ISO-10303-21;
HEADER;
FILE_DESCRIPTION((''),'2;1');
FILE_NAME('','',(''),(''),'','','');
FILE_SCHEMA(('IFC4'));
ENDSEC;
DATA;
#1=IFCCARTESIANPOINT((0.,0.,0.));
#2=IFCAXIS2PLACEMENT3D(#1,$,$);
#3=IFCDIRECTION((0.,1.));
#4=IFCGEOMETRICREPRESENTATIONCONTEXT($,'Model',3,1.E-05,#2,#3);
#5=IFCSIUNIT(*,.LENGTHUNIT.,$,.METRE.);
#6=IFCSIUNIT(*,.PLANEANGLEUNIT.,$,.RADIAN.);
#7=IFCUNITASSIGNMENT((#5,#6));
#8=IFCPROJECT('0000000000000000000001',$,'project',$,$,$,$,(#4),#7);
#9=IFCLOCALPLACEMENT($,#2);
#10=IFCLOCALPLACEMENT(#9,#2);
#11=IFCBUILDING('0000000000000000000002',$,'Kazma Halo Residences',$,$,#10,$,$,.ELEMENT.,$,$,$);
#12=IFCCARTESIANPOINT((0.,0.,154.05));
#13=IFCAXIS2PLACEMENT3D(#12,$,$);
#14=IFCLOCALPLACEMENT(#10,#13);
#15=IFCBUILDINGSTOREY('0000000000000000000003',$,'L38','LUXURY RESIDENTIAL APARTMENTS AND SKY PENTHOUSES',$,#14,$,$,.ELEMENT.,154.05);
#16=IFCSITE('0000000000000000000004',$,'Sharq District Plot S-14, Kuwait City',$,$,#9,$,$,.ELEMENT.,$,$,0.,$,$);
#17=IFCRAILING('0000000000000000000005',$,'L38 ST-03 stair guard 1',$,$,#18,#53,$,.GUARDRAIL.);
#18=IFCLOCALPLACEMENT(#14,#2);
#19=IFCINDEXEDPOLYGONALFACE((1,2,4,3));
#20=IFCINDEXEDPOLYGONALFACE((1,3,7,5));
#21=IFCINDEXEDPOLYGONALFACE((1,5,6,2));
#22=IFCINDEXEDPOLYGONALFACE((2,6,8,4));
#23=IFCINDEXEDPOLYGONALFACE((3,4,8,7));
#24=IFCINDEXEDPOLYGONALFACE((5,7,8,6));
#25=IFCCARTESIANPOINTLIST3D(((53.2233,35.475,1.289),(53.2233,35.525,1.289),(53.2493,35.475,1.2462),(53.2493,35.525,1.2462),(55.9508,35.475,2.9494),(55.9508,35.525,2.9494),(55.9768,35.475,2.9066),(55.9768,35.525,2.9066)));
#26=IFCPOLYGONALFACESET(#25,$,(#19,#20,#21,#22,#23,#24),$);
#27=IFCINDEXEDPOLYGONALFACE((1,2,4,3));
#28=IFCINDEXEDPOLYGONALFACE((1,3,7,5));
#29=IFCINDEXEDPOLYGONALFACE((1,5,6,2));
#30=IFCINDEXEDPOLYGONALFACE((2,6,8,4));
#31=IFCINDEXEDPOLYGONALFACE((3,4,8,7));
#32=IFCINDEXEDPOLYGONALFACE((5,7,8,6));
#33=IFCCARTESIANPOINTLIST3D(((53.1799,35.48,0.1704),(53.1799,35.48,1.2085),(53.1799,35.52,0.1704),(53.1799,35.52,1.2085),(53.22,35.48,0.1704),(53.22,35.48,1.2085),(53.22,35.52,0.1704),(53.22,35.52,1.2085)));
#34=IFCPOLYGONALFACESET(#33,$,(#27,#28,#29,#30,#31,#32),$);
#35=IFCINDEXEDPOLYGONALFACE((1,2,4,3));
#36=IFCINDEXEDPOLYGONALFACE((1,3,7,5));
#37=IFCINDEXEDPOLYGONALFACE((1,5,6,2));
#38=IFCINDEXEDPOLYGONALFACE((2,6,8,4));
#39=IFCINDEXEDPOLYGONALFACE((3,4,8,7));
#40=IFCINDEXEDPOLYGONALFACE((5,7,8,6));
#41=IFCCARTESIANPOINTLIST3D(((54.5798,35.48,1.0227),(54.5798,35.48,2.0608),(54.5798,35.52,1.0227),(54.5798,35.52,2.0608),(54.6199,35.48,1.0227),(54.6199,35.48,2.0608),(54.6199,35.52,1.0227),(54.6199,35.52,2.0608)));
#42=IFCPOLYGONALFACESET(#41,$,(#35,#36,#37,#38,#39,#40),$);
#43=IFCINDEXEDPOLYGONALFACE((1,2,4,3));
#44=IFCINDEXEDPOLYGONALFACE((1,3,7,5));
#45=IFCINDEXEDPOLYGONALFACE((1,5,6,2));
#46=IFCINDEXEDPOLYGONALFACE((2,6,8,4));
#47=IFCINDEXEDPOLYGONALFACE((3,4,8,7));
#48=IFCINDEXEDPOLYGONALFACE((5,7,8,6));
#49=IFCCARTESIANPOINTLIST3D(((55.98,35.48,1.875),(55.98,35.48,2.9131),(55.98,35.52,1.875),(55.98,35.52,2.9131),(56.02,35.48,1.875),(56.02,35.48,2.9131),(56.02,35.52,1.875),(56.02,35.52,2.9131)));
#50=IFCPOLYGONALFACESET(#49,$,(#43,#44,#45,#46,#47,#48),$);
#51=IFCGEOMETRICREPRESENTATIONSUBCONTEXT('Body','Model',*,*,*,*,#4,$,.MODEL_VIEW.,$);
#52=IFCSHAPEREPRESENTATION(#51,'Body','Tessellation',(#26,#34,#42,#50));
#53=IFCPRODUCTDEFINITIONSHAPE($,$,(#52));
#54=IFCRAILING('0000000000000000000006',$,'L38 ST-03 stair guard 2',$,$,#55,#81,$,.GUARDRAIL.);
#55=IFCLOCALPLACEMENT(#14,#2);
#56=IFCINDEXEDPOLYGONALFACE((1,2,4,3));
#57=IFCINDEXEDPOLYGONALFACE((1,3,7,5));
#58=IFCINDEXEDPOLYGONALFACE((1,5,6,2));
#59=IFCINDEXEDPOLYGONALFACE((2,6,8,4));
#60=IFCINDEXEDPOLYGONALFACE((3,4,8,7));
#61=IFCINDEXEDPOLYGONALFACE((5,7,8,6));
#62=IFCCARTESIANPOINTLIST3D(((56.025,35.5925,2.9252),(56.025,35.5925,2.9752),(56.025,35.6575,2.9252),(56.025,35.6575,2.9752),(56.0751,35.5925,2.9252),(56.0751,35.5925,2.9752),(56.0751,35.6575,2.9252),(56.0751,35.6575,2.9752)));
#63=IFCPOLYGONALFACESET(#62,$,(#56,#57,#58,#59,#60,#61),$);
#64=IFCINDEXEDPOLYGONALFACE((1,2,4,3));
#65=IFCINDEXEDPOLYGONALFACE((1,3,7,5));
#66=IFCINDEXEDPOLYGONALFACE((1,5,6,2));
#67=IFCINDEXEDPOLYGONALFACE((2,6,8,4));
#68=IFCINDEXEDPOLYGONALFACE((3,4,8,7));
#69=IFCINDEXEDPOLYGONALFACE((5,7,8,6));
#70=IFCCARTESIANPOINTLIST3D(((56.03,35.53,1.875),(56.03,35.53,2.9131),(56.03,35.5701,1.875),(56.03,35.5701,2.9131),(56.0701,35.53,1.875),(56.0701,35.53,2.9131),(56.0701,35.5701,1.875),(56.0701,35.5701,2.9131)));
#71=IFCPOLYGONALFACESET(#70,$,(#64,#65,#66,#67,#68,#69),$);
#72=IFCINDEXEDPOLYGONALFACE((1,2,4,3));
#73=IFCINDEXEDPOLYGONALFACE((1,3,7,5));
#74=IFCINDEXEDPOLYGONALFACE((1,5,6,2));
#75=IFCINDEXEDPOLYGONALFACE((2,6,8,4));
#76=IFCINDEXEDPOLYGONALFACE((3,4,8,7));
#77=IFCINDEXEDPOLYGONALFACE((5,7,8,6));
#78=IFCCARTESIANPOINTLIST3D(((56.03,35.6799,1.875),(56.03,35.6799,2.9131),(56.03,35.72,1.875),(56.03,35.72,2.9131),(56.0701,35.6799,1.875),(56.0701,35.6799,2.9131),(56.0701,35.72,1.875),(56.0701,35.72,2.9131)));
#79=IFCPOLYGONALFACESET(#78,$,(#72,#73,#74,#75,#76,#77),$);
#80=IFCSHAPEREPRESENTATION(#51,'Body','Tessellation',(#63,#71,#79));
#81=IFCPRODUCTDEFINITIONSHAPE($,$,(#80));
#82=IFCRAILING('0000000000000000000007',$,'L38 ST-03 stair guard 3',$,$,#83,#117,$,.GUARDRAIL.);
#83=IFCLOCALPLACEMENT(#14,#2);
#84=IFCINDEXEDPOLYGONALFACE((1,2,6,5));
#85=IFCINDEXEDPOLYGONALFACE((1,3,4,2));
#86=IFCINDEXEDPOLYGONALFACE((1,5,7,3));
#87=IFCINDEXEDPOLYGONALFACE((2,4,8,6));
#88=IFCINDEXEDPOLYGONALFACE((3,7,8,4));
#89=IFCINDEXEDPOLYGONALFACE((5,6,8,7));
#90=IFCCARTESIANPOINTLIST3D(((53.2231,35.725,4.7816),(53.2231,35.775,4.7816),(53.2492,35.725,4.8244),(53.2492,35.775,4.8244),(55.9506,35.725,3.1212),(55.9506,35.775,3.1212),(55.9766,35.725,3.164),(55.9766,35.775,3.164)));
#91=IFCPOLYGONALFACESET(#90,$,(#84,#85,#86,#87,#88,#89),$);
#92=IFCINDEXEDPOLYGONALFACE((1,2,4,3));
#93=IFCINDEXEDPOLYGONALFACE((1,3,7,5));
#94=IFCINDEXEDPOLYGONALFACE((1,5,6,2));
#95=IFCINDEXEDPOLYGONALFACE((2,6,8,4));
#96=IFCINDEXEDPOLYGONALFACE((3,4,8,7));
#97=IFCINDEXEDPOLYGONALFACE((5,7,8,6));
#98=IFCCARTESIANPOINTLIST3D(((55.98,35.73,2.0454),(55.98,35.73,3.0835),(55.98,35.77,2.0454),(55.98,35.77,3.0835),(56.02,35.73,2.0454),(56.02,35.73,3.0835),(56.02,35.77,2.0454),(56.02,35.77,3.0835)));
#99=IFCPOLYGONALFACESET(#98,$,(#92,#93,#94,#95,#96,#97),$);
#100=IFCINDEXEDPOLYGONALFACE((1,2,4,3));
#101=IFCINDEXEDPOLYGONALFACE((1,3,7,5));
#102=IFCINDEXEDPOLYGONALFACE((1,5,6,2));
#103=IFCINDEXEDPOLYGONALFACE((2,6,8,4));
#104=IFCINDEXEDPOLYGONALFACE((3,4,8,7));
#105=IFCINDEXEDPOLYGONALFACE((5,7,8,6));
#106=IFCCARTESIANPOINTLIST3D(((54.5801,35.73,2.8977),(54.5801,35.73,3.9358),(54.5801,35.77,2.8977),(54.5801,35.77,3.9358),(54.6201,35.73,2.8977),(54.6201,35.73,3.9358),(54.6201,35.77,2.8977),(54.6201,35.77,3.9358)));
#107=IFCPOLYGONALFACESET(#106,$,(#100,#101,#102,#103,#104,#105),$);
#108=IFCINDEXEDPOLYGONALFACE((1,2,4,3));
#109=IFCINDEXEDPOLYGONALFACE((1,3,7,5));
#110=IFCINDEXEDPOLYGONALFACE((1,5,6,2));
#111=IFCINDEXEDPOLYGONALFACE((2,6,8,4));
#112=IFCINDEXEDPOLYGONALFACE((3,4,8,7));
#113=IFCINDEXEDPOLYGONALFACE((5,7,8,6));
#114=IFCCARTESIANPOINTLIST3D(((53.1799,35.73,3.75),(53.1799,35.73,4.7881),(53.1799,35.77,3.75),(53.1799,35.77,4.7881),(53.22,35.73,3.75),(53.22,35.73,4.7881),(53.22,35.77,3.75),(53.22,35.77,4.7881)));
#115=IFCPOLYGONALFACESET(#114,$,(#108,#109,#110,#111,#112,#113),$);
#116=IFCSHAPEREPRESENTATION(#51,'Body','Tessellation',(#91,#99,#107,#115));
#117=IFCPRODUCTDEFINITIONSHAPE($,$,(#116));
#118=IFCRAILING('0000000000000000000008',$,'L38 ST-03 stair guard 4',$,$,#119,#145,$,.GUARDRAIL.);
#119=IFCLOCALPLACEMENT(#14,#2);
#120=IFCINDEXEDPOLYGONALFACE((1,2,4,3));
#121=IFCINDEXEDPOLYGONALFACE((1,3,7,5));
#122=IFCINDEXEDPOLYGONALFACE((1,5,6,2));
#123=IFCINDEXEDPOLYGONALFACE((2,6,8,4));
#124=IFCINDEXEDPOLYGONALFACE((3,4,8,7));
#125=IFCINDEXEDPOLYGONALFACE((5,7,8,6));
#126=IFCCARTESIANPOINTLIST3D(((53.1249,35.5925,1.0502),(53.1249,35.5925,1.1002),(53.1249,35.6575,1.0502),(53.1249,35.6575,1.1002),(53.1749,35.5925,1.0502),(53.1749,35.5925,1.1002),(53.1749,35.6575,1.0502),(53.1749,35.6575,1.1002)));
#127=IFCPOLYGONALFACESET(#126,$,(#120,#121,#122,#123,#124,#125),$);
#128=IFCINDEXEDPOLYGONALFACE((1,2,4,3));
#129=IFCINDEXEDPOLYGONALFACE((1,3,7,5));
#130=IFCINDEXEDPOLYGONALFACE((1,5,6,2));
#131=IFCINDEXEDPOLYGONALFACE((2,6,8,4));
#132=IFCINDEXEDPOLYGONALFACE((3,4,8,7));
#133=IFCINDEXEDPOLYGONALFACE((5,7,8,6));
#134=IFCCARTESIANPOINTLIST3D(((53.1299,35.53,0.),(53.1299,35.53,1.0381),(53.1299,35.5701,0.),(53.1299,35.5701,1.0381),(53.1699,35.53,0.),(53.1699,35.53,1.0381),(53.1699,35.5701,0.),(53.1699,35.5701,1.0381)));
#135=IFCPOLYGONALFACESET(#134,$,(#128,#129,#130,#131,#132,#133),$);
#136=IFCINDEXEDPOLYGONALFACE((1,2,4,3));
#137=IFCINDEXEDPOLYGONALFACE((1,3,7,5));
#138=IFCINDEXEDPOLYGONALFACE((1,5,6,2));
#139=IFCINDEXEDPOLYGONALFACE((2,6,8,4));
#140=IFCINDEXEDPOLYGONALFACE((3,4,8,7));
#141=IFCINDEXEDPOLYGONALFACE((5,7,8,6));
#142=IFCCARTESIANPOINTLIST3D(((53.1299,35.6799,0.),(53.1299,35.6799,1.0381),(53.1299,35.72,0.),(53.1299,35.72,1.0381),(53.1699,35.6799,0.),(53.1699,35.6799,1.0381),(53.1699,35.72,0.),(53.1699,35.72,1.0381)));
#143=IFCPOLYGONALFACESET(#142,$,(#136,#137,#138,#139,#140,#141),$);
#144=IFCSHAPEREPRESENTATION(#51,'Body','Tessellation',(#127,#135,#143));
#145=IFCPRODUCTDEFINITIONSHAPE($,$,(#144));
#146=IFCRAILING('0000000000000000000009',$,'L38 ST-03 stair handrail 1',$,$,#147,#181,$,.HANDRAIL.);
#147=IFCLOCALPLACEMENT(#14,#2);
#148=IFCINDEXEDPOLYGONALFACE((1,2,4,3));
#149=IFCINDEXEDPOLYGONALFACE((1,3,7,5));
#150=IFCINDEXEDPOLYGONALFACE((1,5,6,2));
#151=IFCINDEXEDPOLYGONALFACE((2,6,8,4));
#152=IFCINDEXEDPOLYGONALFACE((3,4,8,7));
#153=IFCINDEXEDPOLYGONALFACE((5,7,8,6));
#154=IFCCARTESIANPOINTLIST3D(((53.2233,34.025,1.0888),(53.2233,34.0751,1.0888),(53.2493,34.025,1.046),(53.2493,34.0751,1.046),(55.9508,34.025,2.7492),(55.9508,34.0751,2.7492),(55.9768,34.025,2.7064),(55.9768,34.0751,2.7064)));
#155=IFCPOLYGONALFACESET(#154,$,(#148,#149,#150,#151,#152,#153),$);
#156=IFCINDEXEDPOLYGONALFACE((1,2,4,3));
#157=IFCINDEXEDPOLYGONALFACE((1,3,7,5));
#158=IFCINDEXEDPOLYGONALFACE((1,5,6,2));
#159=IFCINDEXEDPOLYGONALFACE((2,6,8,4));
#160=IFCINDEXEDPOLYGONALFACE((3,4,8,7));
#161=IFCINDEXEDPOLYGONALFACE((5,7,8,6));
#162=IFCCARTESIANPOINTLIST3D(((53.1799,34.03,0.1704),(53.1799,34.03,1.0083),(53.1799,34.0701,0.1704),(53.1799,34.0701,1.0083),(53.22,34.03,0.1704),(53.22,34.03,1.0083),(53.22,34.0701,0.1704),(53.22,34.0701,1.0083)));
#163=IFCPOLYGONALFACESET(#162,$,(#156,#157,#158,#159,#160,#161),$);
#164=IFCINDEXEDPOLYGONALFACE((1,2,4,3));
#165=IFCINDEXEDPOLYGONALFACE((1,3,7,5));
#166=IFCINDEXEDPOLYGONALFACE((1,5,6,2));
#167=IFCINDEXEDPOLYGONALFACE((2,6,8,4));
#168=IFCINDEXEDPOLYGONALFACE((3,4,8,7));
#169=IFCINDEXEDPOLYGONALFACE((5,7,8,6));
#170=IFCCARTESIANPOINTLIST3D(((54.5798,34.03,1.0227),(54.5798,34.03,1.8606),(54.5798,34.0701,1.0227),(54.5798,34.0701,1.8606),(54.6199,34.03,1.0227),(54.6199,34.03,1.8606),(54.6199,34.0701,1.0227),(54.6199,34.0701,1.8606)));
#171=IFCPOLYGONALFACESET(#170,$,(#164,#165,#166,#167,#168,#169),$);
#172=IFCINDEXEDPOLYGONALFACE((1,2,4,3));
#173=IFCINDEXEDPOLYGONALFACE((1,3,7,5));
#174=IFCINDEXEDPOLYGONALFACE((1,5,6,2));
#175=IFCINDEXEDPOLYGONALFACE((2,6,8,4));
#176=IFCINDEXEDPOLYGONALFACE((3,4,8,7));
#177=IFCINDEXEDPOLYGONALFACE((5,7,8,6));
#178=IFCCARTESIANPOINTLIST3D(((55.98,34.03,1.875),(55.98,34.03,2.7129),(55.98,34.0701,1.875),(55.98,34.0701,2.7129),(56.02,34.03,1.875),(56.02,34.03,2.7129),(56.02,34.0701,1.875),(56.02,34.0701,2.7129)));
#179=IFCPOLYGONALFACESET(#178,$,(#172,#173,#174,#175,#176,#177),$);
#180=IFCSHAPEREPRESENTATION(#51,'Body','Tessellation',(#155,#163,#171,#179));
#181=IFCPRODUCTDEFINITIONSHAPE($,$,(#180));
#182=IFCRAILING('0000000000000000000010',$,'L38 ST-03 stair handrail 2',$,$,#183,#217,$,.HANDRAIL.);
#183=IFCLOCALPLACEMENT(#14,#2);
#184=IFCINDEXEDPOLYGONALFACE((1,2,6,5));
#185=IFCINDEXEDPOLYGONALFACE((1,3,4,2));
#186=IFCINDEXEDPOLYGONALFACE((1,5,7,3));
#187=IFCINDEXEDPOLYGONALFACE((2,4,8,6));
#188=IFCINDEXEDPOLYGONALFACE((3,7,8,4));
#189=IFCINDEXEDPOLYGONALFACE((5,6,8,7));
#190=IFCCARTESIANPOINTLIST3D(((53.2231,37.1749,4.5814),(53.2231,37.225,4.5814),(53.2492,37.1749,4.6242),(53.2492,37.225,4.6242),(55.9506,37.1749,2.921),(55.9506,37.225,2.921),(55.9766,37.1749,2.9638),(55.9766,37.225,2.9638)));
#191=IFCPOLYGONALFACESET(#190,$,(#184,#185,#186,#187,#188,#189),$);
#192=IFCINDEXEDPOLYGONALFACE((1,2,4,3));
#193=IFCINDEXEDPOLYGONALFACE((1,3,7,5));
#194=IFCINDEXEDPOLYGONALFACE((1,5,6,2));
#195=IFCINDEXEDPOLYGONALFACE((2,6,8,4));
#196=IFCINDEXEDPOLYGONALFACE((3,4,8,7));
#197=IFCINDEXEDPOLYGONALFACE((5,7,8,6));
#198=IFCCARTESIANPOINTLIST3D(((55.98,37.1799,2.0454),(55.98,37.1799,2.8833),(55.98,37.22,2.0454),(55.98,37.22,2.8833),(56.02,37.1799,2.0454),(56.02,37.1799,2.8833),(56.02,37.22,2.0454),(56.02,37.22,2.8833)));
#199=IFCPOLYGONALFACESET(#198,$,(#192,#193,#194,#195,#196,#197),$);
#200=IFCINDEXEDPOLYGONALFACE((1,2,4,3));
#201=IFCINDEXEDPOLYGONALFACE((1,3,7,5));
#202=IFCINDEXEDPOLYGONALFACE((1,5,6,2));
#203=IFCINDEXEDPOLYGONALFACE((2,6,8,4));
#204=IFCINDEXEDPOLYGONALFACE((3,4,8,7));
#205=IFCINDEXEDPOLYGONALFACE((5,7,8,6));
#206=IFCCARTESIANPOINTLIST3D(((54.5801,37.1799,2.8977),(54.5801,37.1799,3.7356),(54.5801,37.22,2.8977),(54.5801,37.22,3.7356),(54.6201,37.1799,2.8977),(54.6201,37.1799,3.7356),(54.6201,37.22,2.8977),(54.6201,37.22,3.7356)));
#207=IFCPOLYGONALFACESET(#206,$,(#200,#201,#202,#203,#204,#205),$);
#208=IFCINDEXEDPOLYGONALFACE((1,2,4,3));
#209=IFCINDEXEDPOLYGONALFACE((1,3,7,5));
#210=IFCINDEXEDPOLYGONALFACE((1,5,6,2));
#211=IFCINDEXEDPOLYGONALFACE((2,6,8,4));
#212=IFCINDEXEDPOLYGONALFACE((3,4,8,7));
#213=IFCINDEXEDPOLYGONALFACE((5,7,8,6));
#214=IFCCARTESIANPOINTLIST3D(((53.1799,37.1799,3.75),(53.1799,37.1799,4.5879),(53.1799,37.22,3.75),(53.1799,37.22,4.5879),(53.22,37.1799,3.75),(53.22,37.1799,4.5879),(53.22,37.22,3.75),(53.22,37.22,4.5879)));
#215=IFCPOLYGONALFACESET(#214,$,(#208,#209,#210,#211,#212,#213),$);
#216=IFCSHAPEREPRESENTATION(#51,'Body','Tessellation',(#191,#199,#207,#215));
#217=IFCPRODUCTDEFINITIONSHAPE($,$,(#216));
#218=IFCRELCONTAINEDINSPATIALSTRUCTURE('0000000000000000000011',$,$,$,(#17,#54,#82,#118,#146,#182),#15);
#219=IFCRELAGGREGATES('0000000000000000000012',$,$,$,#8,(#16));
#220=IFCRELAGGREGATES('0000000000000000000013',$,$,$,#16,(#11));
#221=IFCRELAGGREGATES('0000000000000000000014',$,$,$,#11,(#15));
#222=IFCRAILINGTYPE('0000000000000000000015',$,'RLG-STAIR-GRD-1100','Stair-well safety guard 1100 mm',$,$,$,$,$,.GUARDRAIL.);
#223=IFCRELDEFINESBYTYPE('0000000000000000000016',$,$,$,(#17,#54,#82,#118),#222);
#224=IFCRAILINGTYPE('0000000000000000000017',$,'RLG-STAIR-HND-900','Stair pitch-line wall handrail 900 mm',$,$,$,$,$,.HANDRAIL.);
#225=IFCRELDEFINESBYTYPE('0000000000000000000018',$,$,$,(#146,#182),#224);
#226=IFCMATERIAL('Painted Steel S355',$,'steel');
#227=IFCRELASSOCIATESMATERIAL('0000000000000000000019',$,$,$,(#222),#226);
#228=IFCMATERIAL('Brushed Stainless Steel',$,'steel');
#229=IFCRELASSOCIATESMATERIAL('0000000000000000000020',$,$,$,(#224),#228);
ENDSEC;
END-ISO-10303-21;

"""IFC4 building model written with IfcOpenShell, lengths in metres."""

from ifc_helpers import new_model, si_unit, direction, frame, origin, origin_2d, place, context, subcontext, project, spatial, rectangle, extrude, material, type_object, element, save


model = new_model("IFC4")

# Units and contexts
model_context = context("Model", 3, precision=1e-05, world=origin(), true_north=direction((0.0, 1.0)))
body_context = subcontext(model_context, "Body", "Model", "MODEL_VIEW")
ifc_project = project(units=[si_unit("LENGTHUNIT", "METRE"), si_unit("PLANEANGLEUNIT", "RADIAN")], contexts=[model_context])

# Site, building, storey
site_placement = place(None, origin())
site = spatial("IfcSite", under=ifc_project, at=site_placement, Name="Sharq District Plot S-14, Kuwait City", CompositionType="ELEMENT", RefElevation=0.0)
building_placement = place(site_placement, origin())
building = spatial("IfcBuilding", under=site, at=building_placement, Name="Kazma Halo Residences", CompositionType="ELEMENT")
storey_placement = place(building_placement, frame((0.0, 0.0, 154.05)))
storey = spatial("IfcBuildingStorey", under=building, at=storey_placement, Name="L38", Description="LUXURY RESIDENTIAL APARTMENTS AND SKY PENTHOUSES", CompositionType="ELEMENT", Elevation=154.05)

# Railings
ifc_material_1 = material(Name="Painted Steel S355", Category="steel")
railing_type_1 = type_object("IfcRailingType", Name="RLG-STAIR-GRD-1100", Description="Stair-well safety guard 1100 mm", PredefinedType="GUARDRAIL", material=ifc_material_1)
railing_1_placement = place(storey_placement, frame((53.2, 35.5, 0.1704)))
element("IfcRailing", 1, at=railing_1_placement, inside=storey, type_object=railing_type_1, Name="L38 ST-03 stair guard 1", PredefinedType="GUARDRAIL", context=body_context, shape_type="SweptSolid", body=[
    extrude(rectangle(XDim=0.05, YDim=0.05, at=origin_2d()), frame((0.0364, 0.0, 1.0972), z_axis=(0.85417, 0.0, 0.519994), x_axis=(0.0, 1.0, 0.0)), (0.0, 0.0, 1.0), 3.1931),
    extrude(rectangle(XDim=0.04, YDim=0.04, at=origin_2d()), origin(), (0.0, 0.0, 1.0), 1.0381),
    extrude(rectangle(XDim=0.04, YDim=0.04, at=origin_2d()), frame((1.3999, 0.0, 0.8523)), (0.0, 0.0, 1.0), 1.0381),
    extrude(rectangle(XDim=0.04, YDim=0.04, at=origin_2d()), frame((2.8, 0.0, 1.7046)), (0.0, 0.0, 1.0), 1.0381),
])
railing_2_placement = place(storey_placement, frame((56.05, 35.55, 1.875)))
element("IfcRailing", 2, at=railing_2_placement, inside=storey, type_object=railing_type_1, Name="L38 ST-03 stair guard 2", PredefinedType="GUARDRAIL", context=body_context, shape_type="SweptSolid", body=[
    extrude(rectangle(XDim=0.05, YDim=0.05, at=origin_2d()), frame((0.0, 0.0425, 1.0752), z_axis=(0.0, 1.0, 0.0), x_axis=(-1.0, 0.0, 0.0)), (0.0, 0.0, 1.0), 0.0649),
    extrude(rectangle(XDim=0.04, YDim=0.04, at=origin_2d()), origin(), (0.0, 0.0, 1.0), 1.0381),
    extrude(rectangle(XDim=0.04, YDim=0.04, at=origin_2d()), frame((0.0, 0.1499, 0.0)), (0.0, 0.0, 1.0), 1.0381),
])
railing_3_placement = place(storey_placement, frame((56.0, 35.75, 2.0454)))
element("IfcRailing", 3, at=railing_3_placement, inside=storey, type_object=railing_type_1, Name="L38 ST-03 stair guard 3", PredefinedType="GUARDRAIL", context=body_context, shape_type="SweptSolid", body=[
    extrude(rectangle(XDim=0.05, YDim=0.05, at=origin_2d()), frame((-0.0364, 0.0, 1.0972), z_axis=(-0.85417, 0.0, 0.519994), x_axis=(0.0, -1.0, 0.0)), (0.0, 0.0, 1.0), 3.1931),
    extrude(rectangle(XDim=0.04, YDim=0.04, at=origin_2d()), origin(), (0.0, 0.0, 1.0), 1.0381),
    extrude(rectangle(XDim=0.04, YDim=0.04, at=origin_2d()), frame((-1.3999, 0.0, 0.8523)), (0.0, 0.0, 1.0), 1.0381),
    extrude(rectangle(XDim=0.04, YDim=0.04, at=origin_2d()), frame((-2.8, 0.0, 1.7046)), (0.0, 0.0, 1.0), 1.0381),
])
railing_4_placement = place(storey_placement, frame((53.1499, 35.55, 0.0)))
element("IfcRailing", 4, at=railing_4_placement, inside=storey, type_object=railing_type_1, Name="L38 ST-03 stair guard 4", PredefinedType="GUARDRAIL", context=body_context, shape_type="SweptSolid", body=[
    extrude(rectangle(XDim=0.05, YDim=0.05, at=origin_2d()), frame((0.0, 0.0425, 1.0752), z_axis=(0.0, 1.0, 0.0), x_axis=(-1.0, 0.0, 0.0)), (0.0, 0.0, 1.0), 0.0649),
    extrude(rectangle(XDim=0.04, YDim=0.04, at=origin_2d()), origin(), (0.0, 0.0, 1.0), 1.0381),
    extrude(rectangle(XDim=0.04, YDim=0.04, at=origin_2d()), frame((0.0, 0.1499, 0.0)), (0.0, 0.0, 1.0), 1.0381),
])
ifc_material_2 = material(Name="Brushed Stainless Steel", Category="steel")
railing_type_2 = type_object("IfcRailingType", Name="RLG-STAIR-HND-900", Description="Stair pitch-line wall handrail 900 mm", PredefinedType="HANDRAIL", material=ifc_material_2)
railing_5_placement = place(storey_placement, frame((53.2, 34.05, 0.1704)))
element("IfcRailing", 5, at=railing_5_placement, inside=storey, type_object=railing_type_2, Name="L38 ST-03 stair handrail 1", PredefinedType="HANDRAIL", context=body_context, shape_type="SweptSolid", body=[
    extrude(rectangle(XDim=0.05, YDim=0.05, at=origin_2d()), frame((0.0364, 0.0, 0.897), z_axis=(0.85417, 0.0, 0.519994), x_axis=(0.0, 1.0, 0.0)), (0.0, 0.0, 1.0), 3.1931),
    extrude(rectangle(XDim=0.04, YDim=0.04, at=origin_2d()), origin(), (0.0, 0.0, 1.0), 0.8379),
    extrude(rectangle(XDim=0.04, YDim=0.04, at=origin_2d()), frame((1.3999, 0.0, 0.8523)), (0.0, 0.0, 1.0), 0.8379),
    extrude(rectangle(XDim=0.04, YDim=0.04, at=origin_2d()), frame((2.8, 0.0, 1.7046)), (0.0, 0.0, 1.0), 0.8379),
])
railing_6_placement = place(storey_placement, frame((56.0, 37.2, 2.0454)))
element("IfcRailing", 6, at=railing_6_placement, inside=storey, type_object=railing_type_2, Name="L38 ST-03 stair handrail 2", PredefinedType="HANDRAIL", context=body_context, shape_type="SweptSolid", body=[
    extrude(rectangle(XDim=0.05, YDim=0.05, at=origin_2d()), frame((-0.0364, 0.0, 0.897), z_axis=(-0.85417, 0.0, 0.519994), x_axis=(0.0, -1.0, 0.0)), (0.0, 0.0, 1.0), 3.1931),
    extrude(rectangle(XDim=0.04, YDim=0.04, at=origin_2d()), origin(), (0.0, 0.0, 1.0), 0.8379),
    extrude(rectangle(XDim=0.04, YDim=0.04, at=origin_2d()), frame((-1.3999, 0.0, 0.8523)), (0.0, 0.0, 1.0), 0.8379),
    extrude(rectangle(XDim=0.04, YDim=0.04, at=origin_2d()), frame((-2.8, 0.0, 1.7046)), (0.0, 0.0, 1.0), 0.8379),
])

save(model, "model.ifc")
